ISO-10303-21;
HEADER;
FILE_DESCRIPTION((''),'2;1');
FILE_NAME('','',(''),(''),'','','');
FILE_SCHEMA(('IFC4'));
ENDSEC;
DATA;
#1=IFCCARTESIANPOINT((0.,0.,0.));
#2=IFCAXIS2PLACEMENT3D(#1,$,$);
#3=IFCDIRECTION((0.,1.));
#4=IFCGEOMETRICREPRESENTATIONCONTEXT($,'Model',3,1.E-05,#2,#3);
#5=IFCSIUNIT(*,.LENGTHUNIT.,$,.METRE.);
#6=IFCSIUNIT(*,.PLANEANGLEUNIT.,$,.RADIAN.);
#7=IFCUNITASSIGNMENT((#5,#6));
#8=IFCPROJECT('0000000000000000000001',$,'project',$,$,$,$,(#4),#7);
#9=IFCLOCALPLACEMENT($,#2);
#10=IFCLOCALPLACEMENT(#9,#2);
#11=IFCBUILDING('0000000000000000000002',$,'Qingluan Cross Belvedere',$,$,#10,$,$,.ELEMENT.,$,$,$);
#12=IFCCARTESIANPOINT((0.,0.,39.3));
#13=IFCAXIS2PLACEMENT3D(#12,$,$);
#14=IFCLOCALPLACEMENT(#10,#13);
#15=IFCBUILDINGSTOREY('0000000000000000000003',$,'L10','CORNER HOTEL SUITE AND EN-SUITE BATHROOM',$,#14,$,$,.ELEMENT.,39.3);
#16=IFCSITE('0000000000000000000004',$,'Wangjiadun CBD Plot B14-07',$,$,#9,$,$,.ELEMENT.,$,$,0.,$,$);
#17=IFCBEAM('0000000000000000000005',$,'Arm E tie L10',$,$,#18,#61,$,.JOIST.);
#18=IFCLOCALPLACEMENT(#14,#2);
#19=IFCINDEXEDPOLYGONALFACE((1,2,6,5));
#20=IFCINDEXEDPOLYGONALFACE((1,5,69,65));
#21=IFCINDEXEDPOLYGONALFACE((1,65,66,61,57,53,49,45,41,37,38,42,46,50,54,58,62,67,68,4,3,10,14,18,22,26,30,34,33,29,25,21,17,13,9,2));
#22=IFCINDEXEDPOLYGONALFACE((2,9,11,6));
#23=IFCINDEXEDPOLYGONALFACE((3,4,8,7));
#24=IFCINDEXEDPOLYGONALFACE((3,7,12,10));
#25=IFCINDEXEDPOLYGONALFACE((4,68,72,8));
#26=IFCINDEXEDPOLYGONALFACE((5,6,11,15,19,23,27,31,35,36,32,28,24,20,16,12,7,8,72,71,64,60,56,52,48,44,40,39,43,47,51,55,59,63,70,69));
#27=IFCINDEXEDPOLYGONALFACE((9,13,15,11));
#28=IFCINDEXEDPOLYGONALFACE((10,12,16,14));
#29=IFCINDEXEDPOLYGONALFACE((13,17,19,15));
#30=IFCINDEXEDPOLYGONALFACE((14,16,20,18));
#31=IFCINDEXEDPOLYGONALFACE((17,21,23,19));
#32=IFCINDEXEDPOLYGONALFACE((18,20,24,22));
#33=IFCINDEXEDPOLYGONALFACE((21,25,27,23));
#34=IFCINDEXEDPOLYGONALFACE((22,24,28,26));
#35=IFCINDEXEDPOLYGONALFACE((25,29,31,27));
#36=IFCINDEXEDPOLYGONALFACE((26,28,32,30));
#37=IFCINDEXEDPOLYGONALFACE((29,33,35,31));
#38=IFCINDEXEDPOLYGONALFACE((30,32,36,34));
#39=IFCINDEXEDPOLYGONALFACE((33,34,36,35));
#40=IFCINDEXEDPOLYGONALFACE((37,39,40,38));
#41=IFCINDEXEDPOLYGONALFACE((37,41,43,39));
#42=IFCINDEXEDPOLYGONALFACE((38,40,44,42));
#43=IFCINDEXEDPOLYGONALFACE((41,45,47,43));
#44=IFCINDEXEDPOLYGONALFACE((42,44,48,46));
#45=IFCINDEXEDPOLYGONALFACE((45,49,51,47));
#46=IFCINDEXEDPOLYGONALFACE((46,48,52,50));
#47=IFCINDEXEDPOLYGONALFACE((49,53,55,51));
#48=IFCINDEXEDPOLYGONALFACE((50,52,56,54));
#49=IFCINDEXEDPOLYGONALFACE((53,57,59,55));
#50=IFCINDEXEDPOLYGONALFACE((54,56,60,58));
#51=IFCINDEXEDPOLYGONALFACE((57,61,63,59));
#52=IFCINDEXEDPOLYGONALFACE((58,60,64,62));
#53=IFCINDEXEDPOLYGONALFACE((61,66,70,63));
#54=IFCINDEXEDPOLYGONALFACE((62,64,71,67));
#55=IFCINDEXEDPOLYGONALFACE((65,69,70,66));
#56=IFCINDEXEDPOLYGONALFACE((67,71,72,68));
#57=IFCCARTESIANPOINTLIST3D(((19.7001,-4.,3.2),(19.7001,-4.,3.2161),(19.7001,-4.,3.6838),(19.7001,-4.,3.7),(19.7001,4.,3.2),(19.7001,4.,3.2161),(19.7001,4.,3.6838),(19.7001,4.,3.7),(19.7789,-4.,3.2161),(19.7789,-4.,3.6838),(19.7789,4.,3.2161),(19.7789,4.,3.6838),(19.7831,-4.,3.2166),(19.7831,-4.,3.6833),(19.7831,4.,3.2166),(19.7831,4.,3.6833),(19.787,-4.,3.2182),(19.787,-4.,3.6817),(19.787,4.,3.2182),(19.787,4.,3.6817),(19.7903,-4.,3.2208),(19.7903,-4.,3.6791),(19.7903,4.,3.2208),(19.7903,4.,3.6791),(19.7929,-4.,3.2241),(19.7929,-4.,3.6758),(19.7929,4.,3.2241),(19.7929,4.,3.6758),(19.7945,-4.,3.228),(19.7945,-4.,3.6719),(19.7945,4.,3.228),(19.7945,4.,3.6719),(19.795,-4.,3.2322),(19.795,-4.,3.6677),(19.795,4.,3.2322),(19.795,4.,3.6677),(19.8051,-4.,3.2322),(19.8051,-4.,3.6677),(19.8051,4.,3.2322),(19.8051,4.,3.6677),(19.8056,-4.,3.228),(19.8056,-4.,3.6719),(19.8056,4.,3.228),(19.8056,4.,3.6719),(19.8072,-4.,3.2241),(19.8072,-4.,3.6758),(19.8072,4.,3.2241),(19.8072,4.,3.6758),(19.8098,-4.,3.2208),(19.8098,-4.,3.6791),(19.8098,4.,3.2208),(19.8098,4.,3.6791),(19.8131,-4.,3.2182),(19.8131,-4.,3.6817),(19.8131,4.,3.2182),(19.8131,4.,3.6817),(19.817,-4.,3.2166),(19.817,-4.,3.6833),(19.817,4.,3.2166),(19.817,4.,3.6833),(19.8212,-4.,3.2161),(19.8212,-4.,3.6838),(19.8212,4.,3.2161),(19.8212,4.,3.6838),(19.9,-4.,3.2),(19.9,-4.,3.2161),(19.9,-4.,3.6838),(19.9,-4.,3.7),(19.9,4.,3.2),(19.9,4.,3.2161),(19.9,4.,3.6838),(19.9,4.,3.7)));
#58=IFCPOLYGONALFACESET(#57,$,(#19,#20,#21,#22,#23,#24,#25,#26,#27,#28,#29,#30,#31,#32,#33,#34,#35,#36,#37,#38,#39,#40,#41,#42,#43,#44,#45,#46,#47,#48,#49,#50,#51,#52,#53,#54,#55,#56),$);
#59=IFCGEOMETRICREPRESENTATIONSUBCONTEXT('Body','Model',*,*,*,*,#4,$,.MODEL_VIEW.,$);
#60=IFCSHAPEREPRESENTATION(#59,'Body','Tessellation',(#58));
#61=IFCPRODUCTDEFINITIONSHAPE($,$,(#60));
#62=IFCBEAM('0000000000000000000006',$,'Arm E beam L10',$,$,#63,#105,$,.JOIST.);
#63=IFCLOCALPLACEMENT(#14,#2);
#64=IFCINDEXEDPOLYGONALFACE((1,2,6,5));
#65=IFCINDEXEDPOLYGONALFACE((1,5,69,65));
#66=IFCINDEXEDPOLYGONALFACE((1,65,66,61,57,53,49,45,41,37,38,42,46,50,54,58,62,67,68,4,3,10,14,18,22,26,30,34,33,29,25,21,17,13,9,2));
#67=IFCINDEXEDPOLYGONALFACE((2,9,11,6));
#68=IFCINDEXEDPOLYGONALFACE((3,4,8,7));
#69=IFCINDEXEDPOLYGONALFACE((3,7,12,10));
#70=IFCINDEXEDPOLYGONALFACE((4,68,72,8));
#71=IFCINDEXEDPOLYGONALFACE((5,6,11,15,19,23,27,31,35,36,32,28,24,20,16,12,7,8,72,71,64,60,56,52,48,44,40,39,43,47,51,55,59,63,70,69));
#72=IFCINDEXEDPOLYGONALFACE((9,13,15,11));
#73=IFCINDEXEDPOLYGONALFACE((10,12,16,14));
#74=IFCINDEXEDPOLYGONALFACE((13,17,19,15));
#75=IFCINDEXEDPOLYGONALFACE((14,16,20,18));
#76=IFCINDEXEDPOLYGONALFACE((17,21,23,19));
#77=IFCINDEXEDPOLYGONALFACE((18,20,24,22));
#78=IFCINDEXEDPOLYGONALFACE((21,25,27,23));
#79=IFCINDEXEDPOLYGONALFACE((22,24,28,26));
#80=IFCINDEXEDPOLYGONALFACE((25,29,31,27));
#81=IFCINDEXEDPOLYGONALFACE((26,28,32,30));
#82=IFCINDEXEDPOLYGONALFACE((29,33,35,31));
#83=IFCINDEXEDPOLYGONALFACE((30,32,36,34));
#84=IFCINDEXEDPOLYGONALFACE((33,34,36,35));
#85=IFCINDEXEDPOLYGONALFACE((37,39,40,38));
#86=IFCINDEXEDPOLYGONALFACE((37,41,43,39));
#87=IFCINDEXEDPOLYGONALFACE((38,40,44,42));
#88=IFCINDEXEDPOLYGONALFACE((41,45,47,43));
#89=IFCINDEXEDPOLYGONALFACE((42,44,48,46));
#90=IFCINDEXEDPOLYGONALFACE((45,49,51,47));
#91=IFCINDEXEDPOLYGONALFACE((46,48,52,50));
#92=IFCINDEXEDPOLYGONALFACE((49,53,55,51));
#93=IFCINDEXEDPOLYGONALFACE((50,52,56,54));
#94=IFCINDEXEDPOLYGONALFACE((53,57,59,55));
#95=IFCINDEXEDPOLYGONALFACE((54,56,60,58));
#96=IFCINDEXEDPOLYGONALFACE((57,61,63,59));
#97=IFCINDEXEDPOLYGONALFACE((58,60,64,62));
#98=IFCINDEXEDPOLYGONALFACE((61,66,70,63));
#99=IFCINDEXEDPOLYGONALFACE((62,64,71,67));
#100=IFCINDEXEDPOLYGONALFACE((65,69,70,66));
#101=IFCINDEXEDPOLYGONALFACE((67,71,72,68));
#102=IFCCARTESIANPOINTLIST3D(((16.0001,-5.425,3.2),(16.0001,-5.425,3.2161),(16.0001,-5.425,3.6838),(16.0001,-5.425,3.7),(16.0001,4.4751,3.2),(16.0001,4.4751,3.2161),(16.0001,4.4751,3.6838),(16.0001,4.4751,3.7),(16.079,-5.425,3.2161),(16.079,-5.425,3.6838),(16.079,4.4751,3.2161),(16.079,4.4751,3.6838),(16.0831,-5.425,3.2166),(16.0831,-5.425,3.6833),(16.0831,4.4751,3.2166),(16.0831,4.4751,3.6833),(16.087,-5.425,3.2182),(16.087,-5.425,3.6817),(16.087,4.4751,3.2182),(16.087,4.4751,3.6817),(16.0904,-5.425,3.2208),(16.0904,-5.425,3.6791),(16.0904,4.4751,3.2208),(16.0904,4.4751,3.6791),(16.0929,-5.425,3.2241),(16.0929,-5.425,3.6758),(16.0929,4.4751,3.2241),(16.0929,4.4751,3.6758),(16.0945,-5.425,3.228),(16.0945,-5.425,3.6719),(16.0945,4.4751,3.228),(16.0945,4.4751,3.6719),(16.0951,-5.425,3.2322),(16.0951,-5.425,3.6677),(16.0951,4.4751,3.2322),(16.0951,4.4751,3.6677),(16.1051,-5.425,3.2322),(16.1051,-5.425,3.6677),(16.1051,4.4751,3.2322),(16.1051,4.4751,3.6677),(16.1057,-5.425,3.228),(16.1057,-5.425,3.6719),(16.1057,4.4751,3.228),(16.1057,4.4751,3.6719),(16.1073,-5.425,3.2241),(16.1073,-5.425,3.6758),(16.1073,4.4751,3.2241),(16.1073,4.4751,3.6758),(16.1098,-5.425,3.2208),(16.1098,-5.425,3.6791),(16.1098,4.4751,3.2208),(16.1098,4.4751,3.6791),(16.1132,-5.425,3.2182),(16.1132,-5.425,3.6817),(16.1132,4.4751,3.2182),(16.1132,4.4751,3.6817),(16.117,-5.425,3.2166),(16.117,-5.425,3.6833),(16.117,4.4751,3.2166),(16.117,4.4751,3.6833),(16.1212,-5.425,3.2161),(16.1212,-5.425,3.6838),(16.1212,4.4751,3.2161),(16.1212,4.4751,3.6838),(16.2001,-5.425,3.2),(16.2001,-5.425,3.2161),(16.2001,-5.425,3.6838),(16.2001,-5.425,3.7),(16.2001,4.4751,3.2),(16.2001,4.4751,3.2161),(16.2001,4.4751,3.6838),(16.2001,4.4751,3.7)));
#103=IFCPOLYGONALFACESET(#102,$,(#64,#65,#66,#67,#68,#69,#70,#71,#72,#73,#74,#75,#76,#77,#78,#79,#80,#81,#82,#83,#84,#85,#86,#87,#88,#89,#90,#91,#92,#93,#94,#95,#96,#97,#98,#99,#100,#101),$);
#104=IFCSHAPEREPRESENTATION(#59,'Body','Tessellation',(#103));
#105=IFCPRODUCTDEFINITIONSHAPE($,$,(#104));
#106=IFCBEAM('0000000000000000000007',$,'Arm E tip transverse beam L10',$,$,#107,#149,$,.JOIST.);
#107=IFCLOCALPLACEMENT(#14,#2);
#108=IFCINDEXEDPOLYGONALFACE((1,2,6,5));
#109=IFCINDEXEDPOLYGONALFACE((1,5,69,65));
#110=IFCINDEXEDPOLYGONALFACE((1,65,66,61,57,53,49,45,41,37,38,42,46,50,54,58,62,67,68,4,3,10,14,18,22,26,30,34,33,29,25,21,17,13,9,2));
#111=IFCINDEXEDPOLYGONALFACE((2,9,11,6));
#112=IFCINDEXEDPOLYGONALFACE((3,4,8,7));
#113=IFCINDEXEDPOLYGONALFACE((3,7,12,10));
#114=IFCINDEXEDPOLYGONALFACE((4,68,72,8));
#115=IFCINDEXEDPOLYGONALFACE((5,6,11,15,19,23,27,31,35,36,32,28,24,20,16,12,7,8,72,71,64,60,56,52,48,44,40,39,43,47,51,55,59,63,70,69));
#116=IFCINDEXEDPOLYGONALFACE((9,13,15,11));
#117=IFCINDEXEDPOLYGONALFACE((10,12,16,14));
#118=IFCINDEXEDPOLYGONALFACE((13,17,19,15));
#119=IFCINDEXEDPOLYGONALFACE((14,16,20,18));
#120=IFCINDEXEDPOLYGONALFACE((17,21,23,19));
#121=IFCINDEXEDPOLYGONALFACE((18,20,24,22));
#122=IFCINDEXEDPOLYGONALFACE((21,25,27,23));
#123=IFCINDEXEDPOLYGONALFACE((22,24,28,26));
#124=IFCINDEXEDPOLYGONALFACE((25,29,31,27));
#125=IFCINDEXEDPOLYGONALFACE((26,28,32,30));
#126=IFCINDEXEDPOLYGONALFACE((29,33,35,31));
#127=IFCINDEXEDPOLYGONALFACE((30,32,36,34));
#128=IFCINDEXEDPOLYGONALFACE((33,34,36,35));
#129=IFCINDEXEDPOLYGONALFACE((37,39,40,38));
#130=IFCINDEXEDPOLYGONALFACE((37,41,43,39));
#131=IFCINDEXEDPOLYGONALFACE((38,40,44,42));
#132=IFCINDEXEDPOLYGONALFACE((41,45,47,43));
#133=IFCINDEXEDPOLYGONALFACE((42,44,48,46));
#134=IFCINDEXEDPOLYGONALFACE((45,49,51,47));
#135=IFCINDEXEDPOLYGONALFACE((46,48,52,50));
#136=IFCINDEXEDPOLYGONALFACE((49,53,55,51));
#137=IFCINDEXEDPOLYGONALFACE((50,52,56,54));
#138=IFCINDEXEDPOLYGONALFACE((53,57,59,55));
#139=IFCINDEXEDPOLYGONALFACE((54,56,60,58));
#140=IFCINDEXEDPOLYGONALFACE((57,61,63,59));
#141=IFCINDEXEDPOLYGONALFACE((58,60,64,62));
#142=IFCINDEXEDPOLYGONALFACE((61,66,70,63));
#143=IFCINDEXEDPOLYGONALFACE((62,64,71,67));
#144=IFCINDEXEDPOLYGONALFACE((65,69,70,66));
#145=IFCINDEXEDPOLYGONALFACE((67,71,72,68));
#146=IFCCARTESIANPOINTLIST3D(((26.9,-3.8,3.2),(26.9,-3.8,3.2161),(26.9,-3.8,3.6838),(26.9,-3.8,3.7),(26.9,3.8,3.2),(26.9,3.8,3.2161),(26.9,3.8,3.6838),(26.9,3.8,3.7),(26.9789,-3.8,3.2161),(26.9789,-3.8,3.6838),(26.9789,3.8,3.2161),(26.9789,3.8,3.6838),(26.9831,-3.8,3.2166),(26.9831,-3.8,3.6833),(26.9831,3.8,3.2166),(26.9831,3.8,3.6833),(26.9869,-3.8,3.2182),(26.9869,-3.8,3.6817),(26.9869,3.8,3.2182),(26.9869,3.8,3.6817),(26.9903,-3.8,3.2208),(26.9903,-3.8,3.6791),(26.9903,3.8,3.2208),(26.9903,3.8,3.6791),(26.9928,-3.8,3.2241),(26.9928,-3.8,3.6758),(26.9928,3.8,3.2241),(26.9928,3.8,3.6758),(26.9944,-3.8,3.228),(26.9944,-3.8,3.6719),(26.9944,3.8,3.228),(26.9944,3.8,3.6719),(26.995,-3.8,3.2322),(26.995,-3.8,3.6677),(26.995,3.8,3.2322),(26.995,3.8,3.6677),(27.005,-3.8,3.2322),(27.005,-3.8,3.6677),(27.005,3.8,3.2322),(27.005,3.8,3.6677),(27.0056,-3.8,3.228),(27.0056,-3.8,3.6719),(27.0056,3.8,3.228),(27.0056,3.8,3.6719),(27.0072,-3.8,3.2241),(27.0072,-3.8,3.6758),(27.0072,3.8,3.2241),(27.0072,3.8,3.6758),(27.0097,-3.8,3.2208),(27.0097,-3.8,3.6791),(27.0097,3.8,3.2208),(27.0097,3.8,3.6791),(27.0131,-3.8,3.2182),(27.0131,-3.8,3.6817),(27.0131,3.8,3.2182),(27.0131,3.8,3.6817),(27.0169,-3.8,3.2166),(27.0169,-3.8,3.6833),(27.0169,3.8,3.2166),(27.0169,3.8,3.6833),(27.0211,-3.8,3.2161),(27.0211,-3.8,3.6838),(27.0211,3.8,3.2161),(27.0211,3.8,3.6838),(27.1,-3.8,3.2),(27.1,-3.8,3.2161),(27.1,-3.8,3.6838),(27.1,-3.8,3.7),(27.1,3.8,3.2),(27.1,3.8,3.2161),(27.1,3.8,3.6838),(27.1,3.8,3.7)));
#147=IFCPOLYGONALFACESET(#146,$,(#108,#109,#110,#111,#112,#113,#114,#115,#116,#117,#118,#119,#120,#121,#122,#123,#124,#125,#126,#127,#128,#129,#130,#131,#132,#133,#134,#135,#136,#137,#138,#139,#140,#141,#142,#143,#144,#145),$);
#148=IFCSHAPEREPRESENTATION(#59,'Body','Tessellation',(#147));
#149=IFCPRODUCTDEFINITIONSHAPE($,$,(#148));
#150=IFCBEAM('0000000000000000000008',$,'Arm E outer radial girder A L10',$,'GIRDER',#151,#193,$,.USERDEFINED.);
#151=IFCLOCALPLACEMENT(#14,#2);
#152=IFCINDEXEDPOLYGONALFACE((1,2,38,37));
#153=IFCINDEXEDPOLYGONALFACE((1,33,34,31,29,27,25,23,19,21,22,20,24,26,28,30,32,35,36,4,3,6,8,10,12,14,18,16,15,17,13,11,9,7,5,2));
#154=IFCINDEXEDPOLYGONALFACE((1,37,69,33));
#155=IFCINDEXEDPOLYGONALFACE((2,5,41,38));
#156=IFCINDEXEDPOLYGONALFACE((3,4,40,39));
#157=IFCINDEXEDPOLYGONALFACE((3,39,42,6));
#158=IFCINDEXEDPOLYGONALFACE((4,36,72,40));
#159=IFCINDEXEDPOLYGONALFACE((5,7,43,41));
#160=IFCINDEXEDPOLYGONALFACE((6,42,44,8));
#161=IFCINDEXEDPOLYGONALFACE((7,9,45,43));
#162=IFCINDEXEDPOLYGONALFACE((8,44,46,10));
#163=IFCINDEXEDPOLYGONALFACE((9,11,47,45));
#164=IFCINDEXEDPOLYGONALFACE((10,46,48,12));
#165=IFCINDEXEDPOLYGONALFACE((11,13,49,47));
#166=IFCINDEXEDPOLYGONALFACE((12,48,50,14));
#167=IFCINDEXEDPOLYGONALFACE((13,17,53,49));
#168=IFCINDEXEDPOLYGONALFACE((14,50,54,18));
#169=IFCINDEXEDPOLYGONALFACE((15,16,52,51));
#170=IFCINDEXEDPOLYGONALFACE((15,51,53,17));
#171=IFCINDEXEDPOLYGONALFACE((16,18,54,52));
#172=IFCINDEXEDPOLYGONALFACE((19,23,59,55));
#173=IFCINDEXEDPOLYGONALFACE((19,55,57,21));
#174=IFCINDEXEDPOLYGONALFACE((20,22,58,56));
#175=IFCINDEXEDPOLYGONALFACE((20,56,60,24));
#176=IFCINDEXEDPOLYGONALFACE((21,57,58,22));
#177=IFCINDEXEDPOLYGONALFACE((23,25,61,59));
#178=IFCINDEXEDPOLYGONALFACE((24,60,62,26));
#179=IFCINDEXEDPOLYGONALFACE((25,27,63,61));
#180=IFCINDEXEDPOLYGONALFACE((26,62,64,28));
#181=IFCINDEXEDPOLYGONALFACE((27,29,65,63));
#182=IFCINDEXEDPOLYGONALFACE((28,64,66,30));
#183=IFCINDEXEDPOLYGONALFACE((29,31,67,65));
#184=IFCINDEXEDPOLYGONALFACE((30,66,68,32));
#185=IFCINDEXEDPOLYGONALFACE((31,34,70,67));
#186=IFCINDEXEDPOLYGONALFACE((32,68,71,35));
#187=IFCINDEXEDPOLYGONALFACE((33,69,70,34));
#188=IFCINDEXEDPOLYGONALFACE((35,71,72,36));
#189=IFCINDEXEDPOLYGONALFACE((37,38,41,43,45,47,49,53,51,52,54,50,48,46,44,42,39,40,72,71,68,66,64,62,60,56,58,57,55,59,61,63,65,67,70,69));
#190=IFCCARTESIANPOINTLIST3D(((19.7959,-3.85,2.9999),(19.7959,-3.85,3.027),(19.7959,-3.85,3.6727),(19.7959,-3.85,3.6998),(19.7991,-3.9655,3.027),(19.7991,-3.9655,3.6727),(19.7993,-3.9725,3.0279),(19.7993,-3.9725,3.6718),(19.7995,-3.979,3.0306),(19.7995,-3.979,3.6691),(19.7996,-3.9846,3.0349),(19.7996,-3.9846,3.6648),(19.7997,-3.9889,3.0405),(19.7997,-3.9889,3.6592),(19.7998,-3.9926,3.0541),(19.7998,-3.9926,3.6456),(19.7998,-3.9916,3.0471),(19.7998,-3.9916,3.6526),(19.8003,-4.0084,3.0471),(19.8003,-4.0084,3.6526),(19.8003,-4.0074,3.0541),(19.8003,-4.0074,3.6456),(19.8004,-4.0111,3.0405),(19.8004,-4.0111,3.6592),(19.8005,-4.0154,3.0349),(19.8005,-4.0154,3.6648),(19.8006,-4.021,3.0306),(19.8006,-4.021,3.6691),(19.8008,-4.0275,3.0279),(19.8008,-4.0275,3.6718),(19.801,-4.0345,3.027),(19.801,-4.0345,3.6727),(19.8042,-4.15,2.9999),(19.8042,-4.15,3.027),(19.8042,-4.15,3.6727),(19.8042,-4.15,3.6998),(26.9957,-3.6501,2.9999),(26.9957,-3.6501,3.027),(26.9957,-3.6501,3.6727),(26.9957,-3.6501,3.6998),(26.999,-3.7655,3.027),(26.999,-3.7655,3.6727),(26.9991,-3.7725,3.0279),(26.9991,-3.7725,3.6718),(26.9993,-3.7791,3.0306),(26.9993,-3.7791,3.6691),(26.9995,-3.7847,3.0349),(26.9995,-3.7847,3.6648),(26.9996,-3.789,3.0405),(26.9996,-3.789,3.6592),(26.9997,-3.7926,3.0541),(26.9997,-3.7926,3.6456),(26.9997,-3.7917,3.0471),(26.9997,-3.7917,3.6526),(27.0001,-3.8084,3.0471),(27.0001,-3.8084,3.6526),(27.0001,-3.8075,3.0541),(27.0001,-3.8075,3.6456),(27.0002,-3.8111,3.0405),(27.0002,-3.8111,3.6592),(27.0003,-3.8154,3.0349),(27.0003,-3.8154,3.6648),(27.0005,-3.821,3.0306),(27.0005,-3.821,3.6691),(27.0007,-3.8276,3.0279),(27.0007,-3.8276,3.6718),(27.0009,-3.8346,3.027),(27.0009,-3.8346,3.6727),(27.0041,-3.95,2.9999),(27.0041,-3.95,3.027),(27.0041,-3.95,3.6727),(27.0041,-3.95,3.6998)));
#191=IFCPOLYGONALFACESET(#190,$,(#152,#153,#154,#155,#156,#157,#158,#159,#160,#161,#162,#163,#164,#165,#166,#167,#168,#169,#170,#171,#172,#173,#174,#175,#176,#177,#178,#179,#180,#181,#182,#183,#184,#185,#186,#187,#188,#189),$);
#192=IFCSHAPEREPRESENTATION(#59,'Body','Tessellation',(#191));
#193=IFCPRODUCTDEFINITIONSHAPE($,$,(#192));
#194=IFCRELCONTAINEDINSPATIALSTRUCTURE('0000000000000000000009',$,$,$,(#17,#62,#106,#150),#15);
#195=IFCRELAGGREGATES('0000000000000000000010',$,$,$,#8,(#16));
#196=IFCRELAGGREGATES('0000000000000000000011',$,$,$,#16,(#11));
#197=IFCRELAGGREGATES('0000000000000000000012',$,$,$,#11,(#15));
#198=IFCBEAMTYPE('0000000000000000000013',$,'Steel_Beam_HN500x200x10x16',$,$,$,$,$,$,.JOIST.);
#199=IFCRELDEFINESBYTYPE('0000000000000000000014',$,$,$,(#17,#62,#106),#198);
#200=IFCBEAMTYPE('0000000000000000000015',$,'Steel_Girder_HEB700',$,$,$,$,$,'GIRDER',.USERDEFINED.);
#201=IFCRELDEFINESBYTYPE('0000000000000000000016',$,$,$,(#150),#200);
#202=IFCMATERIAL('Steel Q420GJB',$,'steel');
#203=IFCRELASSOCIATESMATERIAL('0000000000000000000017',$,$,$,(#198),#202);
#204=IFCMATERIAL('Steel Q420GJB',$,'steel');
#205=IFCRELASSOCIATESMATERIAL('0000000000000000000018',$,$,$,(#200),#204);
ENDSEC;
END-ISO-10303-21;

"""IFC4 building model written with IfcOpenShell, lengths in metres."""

from ifc_helpers import new_model, si_unit, direction, frame, origin, origin_2d, place, context, subcontext, project, spatial, i_section, extrude, material, material_profile, profile_set, type_object, element, save


model = new_model("IFC4")

# Units and contexts
model_context = context("Model", 3, precision=1e-05, world=origin(), true_north=direction((0.0, 1.0)))
body_context = subcontext(model_context, "Body", "Model", "MODEL_VIEW")
ifc_project = project(units=[si_unit("LENGTHUNIT", "METRE"), si_unit("PLANEANGLEUNIT", "RADIAN")], contexts=[model_context])

# Site, building, storey
site_placement = place(None, origin())
site = spatial("IfcSite", under=ifc_project, at=site_placement, Name="Wangjiadun CBD Plot B14-07", CompositionType="ELEMENT", RefElevation=0.0)
building_placement = place(site_placement, origin())
building = spatial("IfcBuilding", under=site, at=building_placement, Name="Qingluan Cross Belvedere", CompositionType="ELEMENT")
storey_placement = place(building_placement, frame((0.0, 0.0, 39.3)))
storey = spatial("IfcBuildingStorey", under=building, at=storey_placement, Name="L10", Description="CORNER HOTEL SUITE AND EN-SUITE BATHROOM", CompositionType="ELEMENT", Elevation=39.3)

# Beams
ifc_material_1 = material(Name="Steel Q420GJB", Category="steel")
ifc_material_profile_1 = material_profile(ifc_material_1, i_section(OverallWidth=0.2, OverallDepth=0.5, WebThickness=0.01, FlangeThickness=0.0161, FilletRadius=0.0161, at=origin_2d()), Name="HN500x200x10x16")
ifc_profile_set_1 = profile_set([ifc_material_profile_1], Name="Steel Q420GJB")
beam_type_1 = type_object("IfcBeamType", Name="Steel_Beam_HN500x200x10x16", PredefinedType="JOIST", material=ifc_profile_set_1)
beam_1_placement = place(storey_placement, frame((19.8, -4.0, 3.45), z_axis=(0.0, 1.0, 0.0), x_axis=(-1.0, 0.0, 0.0)))
element("IfcBeam", 1, at=beam_1_placement, inside=storey, type_object=beam_type_1, Name="Arm E tie L10", PredefinedType="JOIST", context=body_context, shape_type="SweptSolid", body=[
    extrude(i_section(OverallWidth=0.2, OverallDepth=0.5, WebThickness=0.01, FlangeThickness=0.0161, FilletRadius=0.0161, at=origin_2d()), origin(), (0.0, 0.0, 1.0), 8.0),
])
beam_2_placement = place(storey_placement, frame((16.1001, -5.425, 3.45), z_axis=(0.0, 1.0, 0.0), x_axis=(-1.0, 0.0, 0.0)))
element("IfcBeam", 2, at=beam_2_placement, inside=storey, type_object=beam_type_1, Name="Arm E beam L10", PredefinedType="JOIST", context=body_context, shape_type="SweptSolid", body=[
    extrude(i_section(OverallWidth=0.2, OverallDepth=0.5, WebThickness=0.01, FlangeThickness=0.0161, FilletRadius=0.0161, at=origin_2d()), origin(), (0.0, 0.0, 1.0), 9.9001),
])
beam_3_placement = place(storey_placement, frame((27.0, -3.8, 3.45), z_axis=(0.0, 1.0, 0.0), x_axis=(-1.0, 0.0, 0.0)))
element("IfcBeam", 3, at=beam_3_placement, inside=storey, type_object=beam_type_1, Name="Arm E tip transverse beam L10", PredefinedType="JOIST", context=body_context, shape_type="SweptSolid", body=[
    extrude(i_section(OverallWidth=0.2, OverallDepth=0.5, WebThickness=0.01, FlangeThickness=0.0161, FilletRadius=0.0161, at=origin_2d()), origin(), (0.0, 0.0, 1.0), 7.6001),
])
ifc_material_2 = material(Name="Steel Q420GJB", Category="steel")
ifc_material_profile_2 = material_profile(ifc_material_2, i_section(OverallWidth=0.3, OverallDepth=0.7, WebThickness=0.0149, FlangeThickness=0.0271, FilletRadius=0.0271, at=origin_2d()), Name="HEB700")
ifc_profile_set_2 = profile_set([ifc_material_profile_2], Name="Steel Q420GJB")
beam_type_2 = type_object("IfcBeamType", Name="Steel_Girder_HEB700", ElementType="GIRDER", PredefinedType="USERDEFINED", material=ifc_profile_set_2)
beam_4_placement = place(storey_placement, frame((19.8, -4.0, 3.3499), z_axis=(0.999615, 0.02776, 0.0), x_axis=(-0.02776, 0.999615, 0.0)))
element("IfcBeam", 4, at=beam_4_placement, inside=storey, type_object=beam_type_2, Name="Arm E outer radial girder A L10", ObjectType="GIRDER", PredefinedType="USERDEFINED", context=body_context, shape_type="SweptSolid", body=[
    extrude(i_section(OverallWidth=0.3, OverallDepth=0.7, WebThickness=0.0149, FlangeThickness=0.0271, FilletRadius=0.0271, at=origin_2d()), origin(), (0.0, 0.0, 1.0), 7.2026),
])

save(model, "model.ifc")
